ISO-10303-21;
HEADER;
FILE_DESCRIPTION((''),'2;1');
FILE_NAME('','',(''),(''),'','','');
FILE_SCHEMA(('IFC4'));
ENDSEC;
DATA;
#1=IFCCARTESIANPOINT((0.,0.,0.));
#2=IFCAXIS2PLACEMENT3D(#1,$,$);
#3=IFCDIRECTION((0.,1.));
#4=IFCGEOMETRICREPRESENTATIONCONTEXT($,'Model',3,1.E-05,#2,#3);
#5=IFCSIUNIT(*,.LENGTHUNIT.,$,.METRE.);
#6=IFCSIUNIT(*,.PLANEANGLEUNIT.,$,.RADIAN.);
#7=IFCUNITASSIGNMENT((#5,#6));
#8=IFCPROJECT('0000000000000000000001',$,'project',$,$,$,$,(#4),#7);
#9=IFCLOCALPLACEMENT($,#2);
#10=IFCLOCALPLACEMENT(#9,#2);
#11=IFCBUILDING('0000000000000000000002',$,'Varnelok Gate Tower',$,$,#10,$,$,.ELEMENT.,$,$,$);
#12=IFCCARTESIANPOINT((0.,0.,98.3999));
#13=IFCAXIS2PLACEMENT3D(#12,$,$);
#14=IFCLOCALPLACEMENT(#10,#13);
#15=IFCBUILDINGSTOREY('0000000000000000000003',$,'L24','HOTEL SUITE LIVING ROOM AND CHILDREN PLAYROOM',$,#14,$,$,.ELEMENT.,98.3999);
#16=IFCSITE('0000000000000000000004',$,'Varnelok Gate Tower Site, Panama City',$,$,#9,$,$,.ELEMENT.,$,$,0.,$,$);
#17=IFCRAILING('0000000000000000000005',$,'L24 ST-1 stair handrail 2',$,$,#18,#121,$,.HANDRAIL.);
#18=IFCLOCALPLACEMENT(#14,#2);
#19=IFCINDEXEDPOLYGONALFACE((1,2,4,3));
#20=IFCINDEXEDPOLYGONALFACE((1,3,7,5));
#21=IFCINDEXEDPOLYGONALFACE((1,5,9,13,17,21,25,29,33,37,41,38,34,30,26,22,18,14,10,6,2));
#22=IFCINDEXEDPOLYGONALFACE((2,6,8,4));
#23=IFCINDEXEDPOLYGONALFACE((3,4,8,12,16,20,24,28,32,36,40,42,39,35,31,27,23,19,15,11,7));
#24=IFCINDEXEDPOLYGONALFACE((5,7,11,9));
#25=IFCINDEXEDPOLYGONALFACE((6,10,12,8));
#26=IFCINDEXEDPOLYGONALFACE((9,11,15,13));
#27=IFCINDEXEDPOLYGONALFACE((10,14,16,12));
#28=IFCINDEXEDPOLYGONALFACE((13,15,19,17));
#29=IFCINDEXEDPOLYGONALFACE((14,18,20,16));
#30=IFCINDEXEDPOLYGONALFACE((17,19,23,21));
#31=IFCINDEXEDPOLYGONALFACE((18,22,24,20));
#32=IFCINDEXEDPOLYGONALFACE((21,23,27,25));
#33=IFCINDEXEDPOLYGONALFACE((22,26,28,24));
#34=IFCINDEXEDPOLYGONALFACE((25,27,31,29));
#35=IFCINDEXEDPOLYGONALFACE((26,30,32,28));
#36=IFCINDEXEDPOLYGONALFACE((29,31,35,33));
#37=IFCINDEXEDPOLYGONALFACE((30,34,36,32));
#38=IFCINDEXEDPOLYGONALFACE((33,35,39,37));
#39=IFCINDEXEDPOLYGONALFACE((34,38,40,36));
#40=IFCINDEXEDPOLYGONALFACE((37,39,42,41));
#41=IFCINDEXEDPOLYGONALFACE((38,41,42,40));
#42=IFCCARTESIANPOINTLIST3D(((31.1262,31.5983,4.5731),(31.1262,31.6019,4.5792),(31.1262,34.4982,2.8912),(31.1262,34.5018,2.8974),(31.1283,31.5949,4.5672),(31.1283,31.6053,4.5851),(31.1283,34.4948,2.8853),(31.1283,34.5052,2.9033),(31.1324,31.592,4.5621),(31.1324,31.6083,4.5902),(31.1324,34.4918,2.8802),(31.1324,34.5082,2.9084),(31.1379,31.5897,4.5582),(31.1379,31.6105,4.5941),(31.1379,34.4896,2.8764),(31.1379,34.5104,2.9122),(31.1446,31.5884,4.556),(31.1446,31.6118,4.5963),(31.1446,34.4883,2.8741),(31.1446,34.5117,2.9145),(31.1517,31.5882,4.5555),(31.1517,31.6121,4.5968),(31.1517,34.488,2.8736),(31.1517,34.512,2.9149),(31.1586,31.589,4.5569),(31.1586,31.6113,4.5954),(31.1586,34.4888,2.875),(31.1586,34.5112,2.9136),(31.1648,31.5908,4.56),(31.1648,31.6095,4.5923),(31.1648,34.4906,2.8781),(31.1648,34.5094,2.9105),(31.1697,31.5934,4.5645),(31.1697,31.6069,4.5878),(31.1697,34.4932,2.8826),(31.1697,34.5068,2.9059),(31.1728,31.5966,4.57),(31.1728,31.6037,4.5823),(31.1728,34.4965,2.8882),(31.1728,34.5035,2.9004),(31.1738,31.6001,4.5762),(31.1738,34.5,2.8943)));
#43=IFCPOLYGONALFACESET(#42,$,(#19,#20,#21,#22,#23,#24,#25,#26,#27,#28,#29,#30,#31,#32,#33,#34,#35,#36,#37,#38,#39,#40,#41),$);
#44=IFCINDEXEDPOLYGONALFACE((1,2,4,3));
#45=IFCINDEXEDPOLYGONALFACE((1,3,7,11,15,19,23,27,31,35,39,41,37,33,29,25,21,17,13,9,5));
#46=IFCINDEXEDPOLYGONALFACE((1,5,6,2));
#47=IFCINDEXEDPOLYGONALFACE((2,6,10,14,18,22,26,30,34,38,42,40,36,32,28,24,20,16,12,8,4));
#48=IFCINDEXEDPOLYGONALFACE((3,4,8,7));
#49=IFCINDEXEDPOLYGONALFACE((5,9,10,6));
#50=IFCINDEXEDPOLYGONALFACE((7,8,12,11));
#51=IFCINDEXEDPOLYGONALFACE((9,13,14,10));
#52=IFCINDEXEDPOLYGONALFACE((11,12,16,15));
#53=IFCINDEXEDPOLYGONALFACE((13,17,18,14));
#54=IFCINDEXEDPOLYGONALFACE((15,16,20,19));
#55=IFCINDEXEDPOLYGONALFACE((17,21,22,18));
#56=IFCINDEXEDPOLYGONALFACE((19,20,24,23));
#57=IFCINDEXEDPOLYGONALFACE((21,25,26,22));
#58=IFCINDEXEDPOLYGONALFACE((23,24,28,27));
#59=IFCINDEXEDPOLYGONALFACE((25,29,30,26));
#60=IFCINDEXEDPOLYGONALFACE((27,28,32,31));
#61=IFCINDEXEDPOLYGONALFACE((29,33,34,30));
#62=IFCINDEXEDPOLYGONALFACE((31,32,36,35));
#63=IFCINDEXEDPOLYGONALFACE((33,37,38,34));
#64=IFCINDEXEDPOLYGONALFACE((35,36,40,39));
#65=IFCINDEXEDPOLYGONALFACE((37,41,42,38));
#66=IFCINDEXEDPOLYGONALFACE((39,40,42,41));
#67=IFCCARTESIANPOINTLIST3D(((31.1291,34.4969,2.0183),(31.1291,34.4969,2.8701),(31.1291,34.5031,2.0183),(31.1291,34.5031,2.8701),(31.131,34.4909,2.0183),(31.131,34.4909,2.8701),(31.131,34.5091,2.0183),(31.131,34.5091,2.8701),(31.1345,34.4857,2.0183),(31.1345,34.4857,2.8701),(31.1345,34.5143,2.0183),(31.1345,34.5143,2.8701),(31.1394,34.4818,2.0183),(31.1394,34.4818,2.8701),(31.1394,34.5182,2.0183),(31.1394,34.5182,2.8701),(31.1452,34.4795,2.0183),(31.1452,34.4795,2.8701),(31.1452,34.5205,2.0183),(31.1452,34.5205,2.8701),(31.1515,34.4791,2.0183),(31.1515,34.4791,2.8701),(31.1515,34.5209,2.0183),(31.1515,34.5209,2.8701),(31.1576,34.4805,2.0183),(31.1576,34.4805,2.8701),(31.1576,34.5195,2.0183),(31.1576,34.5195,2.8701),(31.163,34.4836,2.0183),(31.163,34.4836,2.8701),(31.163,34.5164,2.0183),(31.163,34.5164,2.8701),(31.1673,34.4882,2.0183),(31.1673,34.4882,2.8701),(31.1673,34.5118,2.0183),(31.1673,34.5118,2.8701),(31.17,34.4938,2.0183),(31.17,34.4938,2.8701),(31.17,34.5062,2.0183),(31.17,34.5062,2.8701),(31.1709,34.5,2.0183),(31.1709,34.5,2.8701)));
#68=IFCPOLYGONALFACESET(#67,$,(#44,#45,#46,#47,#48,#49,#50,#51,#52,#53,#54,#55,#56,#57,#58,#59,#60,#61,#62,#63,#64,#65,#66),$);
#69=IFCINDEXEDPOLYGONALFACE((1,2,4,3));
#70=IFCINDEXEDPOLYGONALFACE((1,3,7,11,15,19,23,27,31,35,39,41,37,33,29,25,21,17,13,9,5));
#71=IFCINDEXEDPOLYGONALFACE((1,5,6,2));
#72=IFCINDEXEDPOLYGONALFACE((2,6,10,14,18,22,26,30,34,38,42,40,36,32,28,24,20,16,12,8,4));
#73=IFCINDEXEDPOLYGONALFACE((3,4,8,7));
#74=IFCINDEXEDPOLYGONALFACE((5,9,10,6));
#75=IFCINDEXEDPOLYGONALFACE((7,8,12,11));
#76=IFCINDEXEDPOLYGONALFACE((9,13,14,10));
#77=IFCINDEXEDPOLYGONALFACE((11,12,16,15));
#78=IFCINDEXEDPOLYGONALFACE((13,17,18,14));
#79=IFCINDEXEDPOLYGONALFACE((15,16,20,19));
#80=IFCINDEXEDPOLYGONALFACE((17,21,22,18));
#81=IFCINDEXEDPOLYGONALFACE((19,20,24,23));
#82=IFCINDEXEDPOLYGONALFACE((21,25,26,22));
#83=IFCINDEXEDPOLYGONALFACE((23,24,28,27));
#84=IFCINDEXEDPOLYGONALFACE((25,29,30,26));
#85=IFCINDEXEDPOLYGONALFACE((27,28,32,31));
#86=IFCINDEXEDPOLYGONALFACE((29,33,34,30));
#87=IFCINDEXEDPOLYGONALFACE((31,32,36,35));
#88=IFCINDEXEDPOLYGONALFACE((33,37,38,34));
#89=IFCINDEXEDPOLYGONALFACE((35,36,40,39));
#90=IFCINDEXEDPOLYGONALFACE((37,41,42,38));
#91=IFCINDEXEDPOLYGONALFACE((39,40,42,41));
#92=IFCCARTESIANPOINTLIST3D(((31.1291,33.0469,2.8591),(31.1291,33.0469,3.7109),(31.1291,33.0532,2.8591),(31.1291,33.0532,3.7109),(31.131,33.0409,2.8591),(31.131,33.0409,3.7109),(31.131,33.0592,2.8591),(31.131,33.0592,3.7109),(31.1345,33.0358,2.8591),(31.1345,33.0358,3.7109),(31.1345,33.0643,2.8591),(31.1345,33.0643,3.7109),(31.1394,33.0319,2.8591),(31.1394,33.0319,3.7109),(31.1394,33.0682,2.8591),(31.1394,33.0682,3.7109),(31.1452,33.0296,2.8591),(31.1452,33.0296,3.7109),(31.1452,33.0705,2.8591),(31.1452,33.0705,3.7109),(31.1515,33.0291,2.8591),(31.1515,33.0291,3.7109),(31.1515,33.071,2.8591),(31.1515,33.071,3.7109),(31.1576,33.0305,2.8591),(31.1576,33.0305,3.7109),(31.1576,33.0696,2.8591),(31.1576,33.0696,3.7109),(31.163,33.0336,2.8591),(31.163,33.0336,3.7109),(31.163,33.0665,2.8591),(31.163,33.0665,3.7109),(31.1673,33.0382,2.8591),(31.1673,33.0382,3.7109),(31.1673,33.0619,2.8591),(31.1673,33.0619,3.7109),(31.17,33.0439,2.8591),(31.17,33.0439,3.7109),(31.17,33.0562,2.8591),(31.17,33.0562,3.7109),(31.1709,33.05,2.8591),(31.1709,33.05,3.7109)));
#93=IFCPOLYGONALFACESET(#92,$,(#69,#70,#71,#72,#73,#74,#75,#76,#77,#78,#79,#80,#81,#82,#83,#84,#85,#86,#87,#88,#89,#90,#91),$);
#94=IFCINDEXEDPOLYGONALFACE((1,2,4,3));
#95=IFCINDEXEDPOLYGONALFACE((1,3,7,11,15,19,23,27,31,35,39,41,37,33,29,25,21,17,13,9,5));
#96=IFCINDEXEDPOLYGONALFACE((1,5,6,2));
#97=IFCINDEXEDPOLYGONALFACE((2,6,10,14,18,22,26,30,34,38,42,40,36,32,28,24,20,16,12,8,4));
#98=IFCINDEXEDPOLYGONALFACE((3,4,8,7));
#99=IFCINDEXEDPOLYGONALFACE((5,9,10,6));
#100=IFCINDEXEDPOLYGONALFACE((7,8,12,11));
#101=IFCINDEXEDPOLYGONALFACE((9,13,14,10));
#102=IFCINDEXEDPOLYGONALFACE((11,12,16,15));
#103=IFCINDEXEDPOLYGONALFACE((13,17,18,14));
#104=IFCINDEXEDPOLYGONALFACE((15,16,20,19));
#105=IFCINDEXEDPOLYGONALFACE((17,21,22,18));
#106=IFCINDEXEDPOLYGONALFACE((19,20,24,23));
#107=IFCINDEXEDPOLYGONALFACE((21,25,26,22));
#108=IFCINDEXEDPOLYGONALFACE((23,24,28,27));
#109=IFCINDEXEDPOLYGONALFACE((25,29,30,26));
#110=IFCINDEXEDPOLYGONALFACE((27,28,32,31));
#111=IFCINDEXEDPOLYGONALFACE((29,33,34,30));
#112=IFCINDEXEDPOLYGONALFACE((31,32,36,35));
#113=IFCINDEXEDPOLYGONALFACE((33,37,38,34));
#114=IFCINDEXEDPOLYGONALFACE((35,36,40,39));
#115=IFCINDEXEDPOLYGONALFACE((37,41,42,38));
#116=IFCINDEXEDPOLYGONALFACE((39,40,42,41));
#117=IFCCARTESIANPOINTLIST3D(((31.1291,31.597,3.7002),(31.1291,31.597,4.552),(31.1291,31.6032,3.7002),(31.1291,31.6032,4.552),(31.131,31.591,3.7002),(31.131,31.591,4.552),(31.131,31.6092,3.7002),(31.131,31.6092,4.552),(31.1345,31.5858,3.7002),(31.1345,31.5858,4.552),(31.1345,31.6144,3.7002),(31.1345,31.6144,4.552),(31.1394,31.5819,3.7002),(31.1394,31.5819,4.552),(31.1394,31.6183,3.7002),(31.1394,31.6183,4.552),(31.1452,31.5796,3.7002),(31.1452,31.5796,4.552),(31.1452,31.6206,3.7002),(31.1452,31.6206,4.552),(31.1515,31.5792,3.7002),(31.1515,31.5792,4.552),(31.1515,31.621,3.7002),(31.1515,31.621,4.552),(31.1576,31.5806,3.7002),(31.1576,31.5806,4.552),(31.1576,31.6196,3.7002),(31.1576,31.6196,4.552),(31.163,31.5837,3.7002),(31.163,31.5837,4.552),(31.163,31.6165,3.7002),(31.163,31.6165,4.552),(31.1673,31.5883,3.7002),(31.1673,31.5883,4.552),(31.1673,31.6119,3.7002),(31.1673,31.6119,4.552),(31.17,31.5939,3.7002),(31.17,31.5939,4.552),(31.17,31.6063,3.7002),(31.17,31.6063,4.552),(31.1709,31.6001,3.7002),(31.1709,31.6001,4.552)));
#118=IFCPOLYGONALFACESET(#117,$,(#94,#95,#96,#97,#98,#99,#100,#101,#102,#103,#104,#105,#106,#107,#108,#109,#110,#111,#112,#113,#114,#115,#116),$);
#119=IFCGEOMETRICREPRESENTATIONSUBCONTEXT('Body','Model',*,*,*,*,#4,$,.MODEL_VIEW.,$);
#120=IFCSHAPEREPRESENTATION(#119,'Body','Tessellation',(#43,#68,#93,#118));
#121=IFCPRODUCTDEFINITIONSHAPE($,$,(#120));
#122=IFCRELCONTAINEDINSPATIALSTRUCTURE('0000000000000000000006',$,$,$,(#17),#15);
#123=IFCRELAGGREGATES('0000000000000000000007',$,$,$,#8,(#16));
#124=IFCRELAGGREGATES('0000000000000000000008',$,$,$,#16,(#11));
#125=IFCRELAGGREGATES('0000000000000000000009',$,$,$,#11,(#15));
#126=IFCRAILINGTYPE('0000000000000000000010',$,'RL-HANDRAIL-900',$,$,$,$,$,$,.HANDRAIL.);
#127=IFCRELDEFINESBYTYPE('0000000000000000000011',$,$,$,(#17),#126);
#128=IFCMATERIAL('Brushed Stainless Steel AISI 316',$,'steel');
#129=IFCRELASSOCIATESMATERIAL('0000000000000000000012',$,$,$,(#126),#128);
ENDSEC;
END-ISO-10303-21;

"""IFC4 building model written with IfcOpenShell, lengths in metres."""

from ifc_helpers import new_model, si_unit, direction, frame, origin, origin_2d, place, context, subcontext, project, spatial, circle, extrude, material, type_object, element, save


model = new_model("IFC4")

# Units and contexts
model_context = context("Model", 3, precision=1e-05, world=origin(), true_north=direction((0.0, 1.0)))
body_context = subcontext(model_context, "Body", "Model", "MODEL_VIEW")
ifc_project = project(units=[si_unit("LENGTHUNIT", "METRE"), si_unit("PLANEANGLEUNIT", "RADIAN")], contexts=[model_context])

# Site, building, storey
site_placement = place(None, origin())
site = spatial("IfcSite", under=ifc_project, at=site_placement, Name="Varnelok Gate Tower Site, Panama City", CompositionType="ELEMENT", RefElevation=0.0)
building_placement = place(site_placement, origin())
building = spatial("IfcBuilding", under=site, at=building_placement, Name="Varnelok Gate Tower", CompositionType="ELEMENT")
storey_placement = place(building_placement, frame((0.0, 0.0, 98.3999)))
storey = spatial("IfcBuildingStorey", under=building, at=storey_placement, Name="L24", Description="HOTEL SUITE LIVING ROOM AND CHILDREN PLAYROOM", CompositionType="ELEMENT", Elevation=98.3999)

# Railing
ifc_material_1 = material(Name="Brushed Stainless Steel AISI 316", Category="steel")
railing_type_1 = type_object("IfcRailingType", Name="RL-HANDRAIL-900", PredefinedType="HANDRAIL", material=ifc_material_1)
railing_1_placement = place(storey_placement, frame((31.1499, 34.5, 2.0183)))
element("IfcRailing", 1, at=railing_1_placement, inside=storey, type_object=railing_type_1, Name="L24 ST-1 stair handrail 2", PredefinedType="HANDRAIL", context=body_context, shape_type="SweptSolid", body=[
    extrude(circle(Radius=0.0239, at=origin_2d()), frame((0.0, 0.0, 0.876), z_axis=(0.0, -0.865039, 0.501705), x_axis=(1.0, 0.0, 0.0)), (0.0, 0.0, 1.0), 3.3523),
    extrude(circle(Radius=0.021, at=origin_2d()), origin(), (0.0, 0.0, 1.0), 0.8518),
    extrude(circle(Radius=0.021, at=origin_2d()), frame((0.0, -1.45, 0.8408)), (0.0, 0.0, 1.0), 0.8518),
    extrude(circle(Radius=0.021, at=origin_2d()), frame((0.0, -2.8999, 1.6819)), (0.0, 0.0, 1.0), 0.8518),
])

save(model, "model.ifc")
